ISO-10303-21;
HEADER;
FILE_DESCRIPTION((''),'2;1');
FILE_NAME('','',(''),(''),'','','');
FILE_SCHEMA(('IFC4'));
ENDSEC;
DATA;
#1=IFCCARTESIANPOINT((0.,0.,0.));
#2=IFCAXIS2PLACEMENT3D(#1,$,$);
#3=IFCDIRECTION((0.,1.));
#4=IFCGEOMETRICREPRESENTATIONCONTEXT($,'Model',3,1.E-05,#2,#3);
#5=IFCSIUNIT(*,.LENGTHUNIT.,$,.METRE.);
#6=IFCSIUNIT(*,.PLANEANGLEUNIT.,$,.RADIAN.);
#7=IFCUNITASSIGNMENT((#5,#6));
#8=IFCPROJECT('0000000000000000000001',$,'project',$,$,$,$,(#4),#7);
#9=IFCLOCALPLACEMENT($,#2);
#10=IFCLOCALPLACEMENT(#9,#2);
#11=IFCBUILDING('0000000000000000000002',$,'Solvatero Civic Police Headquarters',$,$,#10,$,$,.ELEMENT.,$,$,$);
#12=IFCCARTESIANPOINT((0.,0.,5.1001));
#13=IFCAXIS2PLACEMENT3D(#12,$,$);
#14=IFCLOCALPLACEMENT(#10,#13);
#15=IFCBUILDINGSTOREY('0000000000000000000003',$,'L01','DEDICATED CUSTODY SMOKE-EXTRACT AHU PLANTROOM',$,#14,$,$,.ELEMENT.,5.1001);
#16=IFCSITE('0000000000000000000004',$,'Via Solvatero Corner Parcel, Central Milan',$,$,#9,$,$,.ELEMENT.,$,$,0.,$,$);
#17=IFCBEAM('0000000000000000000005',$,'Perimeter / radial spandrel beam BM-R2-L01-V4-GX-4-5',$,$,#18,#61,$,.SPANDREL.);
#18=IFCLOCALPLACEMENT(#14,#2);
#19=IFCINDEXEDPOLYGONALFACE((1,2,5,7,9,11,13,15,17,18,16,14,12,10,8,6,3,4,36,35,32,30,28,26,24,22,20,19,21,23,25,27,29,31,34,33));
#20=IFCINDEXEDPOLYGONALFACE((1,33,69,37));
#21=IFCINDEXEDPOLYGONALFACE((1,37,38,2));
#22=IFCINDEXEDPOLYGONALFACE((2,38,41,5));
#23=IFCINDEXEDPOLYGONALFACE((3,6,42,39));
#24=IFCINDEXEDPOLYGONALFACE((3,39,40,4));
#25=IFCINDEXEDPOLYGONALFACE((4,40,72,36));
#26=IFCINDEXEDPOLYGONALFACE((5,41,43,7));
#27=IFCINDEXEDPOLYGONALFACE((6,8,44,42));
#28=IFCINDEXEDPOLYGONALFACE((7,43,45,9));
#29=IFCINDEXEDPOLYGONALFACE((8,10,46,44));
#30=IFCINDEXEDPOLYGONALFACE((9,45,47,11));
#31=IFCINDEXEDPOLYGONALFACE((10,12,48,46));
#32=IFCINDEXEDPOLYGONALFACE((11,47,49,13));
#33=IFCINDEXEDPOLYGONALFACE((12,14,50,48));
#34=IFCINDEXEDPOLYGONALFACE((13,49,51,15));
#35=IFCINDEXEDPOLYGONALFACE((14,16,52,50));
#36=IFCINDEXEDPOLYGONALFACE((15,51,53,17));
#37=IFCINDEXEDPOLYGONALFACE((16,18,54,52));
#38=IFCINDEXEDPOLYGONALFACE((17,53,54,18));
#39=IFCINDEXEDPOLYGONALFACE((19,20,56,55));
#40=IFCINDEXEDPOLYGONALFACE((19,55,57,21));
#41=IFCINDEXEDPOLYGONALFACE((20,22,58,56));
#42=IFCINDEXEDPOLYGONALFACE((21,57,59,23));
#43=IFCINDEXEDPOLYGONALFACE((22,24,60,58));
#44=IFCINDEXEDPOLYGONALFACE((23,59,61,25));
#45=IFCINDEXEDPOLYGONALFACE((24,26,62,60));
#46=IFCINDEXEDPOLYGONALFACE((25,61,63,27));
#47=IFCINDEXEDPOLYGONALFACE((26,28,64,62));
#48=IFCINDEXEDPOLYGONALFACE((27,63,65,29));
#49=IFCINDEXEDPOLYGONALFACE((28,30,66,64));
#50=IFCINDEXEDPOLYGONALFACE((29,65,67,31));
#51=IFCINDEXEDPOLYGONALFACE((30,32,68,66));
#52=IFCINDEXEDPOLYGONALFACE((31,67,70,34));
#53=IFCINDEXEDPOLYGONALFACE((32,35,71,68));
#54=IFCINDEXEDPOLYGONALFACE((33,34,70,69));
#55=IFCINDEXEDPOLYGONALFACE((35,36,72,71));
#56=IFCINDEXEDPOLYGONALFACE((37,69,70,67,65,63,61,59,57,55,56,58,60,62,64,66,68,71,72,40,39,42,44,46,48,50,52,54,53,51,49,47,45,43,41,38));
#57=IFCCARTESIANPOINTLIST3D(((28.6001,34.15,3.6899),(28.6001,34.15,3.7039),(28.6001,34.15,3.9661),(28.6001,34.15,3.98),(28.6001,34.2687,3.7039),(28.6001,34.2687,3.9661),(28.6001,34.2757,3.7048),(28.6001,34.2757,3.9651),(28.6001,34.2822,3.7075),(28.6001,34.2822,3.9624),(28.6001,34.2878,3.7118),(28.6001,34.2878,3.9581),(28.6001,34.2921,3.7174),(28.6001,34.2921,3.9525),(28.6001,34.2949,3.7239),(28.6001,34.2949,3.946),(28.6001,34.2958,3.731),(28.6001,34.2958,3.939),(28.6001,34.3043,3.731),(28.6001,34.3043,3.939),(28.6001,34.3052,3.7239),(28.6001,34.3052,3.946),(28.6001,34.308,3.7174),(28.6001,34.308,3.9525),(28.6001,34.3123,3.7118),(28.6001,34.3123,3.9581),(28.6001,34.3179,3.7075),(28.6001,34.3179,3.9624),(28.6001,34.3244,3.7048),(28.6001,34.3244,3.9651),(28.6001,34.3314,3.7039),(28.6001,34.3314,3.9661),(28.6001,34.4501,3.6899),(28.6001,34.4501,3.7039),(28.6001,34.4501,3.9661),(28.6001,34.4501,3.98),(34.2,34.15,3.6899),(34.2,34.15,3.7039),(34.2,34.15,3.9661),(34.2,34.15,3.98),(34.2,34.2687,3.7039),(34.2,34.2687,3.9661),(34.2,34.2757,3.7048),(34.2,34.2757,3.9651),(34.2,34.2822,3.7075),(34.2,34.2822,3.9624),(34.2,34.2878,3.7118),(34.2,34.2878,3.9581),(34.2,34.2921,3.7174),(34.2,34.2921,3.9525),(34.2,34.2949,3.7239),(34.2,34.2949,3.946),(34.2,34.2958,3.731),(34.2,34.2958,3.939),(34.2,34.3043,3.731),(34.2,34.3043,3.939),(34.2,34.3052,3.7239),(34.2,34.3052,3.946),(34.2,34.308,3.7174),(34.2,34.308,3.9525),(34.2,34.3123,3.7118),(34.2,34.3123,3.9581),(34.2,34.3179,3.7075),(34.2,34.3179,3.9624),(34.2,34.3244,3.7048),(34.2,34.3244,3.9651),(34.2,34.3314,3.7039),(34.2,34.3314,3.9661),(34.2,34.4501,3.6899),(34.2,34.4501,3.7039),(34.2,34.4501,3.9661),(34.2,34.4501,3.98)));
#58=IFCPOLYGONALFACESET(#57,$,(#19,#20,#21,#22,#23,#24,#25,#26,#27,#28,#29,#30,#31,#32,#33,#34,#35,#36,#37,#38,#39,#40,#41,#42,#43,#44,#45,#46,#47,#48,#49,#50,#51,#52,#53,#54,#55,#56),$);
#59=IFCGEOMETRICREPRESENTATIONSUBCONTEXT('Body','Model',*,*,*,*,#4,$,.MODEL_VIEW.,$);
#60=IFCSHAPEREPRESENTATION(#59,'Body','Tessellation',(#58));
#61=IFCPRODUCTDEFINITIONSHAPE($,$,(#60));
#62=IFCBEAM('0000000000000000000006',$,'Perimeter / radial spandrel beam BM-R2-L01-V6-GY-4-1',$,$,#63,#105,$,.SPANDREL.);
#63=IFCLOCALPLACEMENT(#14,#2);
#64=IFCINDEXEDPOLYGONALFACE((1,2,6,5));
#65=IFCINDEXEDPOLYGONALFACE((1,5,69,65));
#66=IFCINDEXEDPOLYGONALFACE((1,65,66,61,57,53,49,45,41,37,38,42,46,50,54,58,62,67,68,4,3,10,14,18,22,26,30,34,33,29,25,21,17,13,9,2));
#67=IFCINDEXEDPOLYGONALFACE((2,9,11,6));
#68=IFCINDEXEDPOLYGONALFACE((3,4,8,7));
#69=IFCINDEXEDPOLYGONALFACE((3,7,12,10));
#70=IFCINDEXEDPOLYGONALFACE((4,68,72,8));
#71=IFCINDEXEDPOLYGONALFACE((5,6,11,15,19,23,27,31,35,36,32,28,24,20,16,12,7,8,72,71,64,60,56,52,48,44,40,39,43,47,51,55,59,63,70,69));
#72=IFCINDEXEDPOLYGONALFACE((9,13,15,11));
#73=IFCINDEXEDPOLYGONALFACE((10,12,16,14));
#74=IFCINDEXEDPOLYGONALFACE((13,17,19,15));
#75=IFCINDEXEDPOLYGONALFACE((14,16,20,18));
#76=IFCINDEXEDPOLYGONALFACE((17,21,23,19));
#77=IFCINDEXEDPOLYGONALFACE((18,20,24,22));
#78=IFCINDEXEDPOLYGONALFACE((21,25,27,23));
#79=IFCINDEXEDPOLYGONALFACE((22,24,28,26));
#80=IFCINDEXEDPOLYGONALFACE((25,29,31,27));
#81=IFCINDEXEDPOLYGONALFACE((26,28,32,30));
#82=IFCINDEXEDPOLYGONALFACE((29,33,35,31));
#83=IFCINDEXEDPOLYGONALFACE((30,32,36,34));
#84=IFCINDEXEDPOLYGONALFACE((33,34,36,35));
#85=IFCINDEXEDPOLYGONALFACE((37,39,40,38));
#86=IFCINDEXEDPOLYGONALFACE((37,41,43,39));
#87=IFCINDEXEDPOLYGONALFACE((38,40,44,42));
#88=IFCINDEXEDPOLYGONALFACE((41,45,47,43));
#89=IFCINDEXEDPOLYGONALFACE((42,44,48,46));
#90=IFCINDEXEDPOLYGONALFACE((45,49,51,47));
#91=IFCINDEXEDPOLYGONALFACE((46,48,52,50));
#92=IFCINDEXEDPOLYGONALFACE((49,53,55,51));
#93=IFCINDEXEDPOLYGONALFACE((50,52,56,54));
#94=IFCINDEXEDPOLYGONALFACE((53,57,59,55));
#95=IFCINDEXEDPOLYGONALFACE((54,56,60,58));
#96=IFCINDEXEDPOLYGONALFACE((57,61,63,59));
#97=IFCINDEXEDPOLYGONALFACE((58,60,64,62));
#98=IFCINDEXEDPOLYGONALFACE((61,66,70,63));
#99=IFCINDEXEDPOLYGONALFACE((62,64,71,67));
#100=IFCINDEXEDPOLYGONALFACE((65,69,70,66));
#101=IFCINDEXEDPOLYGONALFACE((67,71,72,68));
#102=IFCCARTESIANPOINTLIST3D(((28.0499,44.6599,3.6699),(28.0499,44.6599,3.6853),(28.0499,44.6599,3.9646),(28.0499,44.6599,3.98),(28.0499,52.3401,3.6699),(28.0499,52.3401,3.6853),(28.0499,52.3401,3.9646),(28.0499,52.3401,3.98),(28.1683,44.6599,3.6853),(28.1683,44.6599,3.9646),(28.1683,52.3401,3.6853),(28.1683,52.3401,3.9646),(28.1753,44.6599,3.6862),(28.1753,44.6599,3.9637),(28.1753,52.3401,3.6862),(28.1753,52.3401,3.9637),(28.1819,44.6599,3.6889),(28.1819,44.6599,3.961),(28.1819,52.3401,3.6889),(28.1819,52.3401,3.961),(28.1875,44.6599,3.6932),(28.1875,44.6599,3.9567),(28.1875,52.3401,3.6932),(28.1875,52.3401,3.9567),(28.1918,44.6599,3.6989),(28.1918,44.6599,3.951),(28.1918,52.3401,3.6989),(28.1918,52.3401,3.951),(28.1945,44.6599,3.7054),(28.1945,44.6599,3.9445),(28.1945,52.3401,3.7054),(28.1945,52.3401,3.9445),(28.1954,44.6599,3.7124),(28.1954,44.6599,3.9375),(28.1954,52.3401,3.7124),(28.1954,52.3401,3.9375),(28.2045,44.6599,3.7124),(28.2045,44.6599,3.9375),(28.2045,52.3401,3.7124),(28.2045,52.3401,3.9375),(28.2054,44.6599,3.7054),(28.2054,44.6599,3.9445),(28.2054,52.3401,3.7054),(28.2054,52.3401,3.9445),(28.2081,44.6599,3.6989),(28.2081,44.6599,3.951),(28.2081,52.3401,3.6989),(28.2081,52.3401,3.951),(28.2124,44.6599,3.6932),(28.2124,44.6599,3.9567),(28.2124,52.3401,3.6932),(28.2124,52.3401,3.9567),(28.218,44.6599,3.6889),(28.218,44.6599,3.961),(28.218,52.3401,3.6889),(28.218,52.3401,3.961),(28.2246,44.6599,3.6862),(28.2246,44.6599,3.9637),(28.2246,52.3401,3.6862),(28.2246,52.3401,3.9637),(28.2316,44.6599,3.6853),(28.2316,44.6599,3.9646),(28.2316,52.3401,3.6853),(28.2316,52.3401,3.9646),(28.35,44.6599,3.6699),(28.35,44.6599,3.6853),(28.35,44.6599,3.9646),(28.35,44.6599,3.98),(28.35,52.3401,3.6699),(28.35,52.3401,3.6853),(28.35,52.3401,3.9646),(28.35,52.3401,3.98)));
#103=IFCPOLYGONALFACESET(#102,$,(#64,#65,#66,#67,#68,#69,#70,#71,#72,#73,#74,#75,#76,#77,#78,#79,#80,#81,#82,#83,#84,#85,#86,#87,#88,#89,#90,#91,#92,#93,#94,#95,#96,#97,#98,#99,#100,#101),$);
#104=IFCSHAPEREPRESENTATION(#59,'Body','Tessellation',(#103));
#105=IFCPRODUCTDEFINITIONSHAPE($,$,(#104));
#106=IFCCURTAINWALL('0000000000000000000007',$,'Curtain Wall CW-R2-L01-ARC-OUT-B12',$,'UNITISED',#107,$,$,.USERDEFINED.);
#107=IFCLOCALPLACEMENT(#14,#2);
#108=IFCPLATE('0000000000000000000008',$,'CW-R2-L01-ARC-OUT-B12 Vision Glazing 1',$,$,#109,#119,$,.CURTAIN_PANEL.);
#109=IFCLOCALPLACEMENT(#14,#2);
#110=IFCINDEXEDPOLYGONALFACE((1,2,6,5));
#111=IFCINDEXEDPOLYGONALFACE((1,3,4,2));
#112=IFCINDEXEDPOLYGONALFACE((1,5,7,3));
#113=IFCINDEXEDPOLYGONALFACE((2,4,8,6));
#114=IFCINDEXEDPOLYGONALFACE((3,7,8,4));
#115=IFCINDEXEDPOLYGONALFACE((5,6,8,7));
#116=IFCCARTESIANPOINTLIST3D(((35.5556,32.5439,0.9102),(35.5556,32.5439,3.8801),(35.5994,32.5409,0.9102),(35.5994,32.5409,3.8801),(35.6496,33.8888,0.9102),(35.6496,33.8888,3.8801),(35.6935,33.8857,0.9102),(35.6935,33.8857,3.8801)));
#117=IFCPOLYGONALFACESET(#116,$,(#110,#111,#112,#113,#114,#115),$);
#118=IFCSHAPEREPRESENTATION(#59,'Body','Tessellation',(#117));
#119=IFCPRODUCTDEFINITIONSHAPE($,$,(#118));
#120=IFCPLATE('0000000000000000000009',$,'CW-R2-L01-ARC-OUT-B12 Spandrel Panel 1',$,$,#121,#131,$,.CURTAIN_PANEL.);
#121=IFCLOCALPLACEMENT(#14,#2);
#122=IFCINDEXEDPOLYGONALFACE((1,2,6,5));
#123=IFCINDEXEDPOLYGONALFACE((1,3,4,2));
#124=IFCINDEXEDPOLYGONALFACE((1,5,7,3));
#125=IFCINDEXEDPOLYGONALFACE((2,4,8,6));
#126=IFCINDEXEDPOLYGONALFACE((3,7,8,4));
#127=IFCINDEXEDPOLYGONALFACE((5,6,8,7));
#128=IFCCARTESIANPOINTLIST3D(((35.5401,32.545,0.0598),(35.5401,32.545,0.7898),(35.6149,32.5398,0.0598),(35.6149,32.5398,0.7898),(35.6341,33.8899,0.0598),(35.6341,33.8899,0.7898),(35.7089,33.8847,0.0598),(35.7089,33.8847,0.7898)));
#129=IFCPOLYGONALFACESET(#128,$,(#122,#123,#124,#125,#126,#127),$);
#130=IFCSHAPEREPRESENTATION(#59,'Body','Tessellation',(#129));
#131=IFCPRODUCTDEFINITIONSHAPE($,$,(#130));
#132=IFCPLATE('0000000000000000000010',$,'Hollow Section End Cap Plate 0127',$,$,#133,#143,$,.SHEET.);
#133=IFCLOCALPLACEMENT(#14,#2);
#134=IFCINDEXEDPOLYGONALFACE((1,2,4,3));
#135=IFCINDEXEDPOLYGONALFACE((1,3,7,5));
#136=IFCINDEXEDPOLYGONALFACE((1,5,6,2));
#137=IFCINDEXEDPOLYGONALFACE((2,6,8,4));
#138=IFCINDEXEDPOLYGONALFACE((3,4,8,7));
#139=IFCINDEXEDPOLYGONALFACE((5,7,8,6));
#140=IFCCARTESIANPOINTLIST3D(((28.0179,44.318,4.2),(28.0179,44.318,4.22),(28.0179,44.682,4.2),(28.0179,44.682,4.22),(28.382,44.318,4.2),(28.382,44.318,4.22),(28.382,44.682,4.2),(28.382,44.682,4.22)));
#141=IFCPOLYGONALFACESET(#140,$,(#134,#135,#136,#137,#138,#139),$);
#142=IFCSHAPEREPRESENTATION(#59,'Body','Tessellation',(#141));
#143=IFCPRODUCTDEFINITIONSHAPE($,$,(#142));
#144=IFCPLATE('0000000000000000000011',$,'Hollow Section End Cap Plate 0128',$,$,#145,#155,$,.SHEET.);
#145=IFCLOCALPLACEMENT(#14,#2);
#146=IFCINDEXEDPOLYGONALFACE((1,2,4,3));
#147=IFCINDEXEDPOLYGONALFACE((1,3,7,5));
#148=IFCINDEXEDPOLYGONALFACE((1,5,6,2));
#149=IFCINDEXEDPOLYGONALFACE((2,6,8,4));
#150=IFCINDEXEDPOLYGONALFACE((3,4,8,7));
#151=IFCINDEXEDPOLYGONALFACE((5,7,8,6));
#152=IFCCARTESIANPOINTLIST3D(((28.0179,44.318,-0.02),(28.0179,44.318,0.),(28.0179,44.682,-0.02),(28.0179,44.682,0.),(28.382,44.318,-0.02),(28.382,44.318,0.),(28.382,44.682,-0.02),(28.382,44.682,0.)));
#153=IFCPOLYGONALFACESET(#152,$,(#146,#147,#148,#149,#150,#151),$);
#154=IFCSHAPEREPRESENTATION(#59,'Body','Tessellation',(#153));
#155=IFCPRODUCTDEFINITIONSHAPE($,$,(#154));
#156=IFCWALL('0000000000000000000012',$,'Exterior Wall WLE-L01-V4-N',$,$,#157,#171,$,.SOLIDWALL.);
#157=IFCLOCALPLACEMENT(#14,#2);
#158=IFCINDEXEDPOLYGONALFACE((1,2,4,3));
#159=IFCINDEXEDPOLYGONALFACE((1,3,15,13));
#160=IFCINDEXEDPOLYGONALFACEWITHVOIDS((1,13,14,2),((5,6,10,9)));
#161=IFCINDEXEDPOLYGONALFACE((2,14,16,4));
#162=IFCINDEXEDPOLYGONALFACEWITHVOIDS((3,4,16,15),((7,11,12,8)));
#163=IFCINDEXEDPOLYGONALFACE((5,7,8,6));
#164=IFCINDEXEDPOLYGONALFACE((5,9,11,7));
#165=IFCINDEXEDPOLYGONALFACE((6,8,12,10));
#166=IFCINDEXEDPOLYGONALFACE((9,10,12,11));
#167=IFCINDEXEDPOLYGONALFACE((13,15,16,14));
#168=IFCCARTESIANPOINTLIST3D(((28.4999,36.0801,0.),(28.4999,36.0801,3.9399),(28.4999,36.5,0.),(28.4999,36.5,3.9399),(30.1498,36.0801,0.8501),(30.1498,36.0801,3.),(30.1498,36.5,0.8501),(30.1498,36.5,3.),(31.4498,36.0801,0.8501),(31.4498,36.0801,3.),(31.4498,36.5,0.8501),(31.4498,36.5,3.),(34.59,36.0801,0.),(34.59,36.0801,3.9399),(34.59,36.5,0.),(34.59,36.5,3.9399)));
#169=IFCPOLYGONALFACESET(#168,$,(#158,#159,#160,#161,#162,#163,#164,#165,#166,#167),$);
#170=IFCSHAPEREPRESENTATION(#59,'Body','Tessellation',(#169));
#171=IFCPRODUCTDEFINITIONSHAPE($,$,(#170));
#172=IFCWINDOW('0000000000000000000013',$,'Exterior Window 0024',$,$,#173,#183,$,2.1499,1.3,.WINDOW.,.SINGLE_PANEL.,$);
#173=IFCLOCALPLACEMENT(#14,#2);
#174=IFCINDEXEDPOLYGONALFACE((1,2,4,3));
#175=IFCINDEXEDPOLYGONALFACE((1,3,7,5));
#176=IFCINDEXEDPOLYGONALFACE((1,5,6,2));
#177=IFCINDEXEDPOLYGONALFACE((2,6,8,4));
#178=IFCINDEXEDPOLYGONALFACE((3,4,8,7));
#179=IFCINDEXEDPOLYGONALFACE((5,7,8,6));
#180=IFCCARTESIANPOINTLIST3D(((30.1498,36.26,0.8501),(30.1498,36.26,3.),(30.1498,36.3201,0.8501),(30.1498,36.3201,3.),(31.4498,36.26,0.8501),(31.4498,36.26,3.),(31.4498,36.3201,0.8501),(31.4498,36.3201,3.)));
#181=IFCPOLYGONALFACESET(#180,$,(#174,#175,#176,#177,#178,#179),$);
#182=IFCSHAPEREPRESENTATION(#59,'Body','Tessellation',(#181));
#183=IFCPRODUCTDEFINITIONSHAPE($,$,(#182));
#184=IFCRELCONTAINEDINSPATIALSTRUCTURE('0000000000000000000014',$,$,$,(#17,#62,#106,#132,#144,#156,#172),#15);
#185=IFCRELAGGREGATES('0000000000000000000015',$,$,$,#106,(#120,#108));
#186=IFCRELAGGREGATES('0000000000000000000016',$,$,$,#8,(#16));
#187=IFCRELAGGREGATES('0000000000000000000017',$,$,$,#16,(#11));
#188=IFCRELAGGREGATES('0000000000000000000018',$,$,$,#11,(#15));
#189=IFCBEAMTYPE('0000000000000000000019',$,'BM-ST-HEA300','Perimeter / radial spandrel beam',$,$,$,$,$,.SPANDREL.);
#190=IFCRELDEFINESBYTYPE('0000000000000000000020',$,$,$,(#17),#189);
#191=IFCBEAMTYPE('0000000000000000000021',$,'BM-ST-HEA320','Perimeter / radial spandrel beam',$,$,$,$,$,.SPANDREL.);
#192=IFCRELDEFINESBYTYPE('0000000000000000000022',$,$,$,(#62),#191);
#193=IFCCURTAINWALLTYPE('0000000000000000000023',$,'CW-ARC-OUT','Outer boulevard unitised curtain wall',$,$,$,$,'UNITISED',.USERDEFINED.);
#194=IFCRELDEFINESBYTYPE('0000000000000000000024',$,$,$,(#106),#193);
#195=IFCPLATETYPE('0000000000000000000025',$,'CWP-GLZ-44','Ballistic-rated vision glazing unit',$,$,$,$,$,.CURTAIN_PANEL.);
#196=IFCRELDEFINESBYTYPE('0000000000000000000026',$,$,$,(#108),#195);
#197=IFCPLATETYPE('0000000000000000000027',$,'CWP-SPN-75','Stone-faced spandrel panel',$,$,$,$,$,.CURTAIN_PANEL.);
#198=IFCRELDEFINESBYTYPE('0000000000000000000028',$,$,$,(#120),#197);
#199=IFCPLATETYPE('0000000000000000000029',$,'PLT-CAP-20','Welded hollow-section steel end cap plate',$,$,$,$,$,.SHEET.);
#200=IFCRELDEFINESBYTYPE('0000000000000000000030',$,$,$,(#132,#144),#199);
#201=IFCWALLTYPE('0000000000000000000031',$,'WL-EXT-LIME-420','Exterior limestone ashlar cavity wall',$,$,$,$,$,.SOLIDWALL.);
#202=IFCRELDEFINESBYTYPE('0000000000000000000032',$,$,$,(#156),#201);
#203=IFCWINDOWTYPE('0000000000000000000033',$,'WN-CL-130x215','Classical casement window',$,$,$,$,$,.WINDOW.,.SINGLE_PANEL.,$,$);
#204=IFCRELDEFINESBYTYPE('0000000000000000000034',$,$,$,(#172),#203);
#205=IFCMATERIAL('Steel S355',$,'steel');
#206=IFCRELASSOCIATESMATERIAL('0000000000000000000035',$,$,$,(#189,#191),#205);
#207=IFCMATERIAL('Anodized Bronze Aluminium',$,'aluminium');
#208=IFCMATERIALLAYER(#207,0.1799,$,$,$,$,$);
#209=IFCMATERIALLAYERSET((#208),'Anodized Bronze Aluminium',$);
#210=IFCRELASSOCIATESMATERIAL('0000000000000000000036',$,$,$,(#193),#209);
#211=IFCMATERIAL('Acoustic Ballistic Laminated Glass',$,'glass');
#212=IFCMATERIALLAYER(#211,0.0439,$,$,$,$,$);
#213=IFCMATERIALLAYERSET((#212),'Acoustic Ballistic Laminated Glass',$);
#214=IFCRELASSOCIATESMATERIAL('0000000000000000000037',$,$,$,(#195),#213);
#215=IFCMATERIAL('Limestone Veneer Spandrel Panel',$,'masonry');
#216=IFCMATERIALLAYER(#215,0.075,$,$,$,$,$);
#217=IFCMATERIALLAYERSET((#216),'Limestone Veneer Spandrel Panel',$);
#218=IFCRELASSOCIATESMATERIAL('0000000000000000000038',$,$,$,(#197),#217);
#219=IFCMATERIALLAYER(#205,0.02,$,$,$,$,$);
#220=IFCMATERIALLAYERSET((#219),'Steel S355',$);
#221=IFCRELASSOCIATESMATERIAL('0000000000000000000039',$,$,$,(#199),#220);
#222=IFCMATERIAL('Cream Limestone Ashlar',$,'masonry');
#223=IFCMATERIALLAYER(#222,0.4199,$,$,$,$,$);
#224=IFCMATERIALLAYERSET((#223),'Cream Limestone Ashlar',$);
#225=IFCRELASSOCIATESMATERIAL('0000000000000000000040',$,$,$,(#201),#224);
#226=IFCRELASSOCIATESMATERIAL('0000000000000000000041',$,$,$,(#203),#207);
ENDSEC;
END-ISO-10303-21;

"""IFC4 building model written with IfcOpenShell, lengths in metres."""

from ifc_helpers import new_model, si_unit, direction, frame, frame_2d, origin, origin_2d, place, context, subcontext, project, spatial, rectangle, i_section, extrude, material, layer, layer_set, material_profile, profile_set, type_object, element, fill, aggregate, save


model = new_model("IFC4")

# Units and contexts
model_context = context("Model", 3, precision=1e-05, world=origin(), true_north=direction((0.0, 1.0)))
body_context = subcontext(model_context, "Body", "Model", "MODEL_VIEW")
ifc_project = project(units=[si_unit("LENGTHUNIT", "METRE"), si_unit("PLANEANGLEUNIT", "RADIAN")], contexts=[model_context])

# Site, building, storey
site_placement = place(None, origin())
site = spatial("IfcSite", under=ifc_project, at=site_placement, Name="Via Solvatero Corner Parcel, Central Milan", CompositionType="ELEMENT", RefElevation=0.0)
building_placement = place(site_placement, origin())
building = spatial("IfcBuilding", under=site, at=building_placement, Name="Solvatero Civic Police Headquarters", CompositionType="ELEMENT")
storey_placement = place(building_placement, frame((0.0, 0.0, 5.1001)))
storey = spatial("IfcBuildingStorey", under=building, at=storey_placement, Name="L01", Description="DEDICATED CUSTODY SMOKE-EXTRACT AHU PLANTROOM", CompositionType="ELEMENT", Elevation=5.1001)

# Shared definitions
ifc_material_1 = material(Name="Steel S355", Category="steel")

# Beams
ifc_material_profile_1 = material_profile(ifc_material_1, i_section(OverallWidth=0.3, OverallDepth=0.29, WebThickness=0.0085, FlangeThickness=0.0139, FilletRadius=0.0271, at=origin_2d()), Name="HEA 300")
ifc_profile_set_1 = profile_set([ifc_material_profile_1], Name="Steel S355")
beam_type_1 = type_object("IfcBeamType", Name="BM-ST-HEA300", Description="Perimeter / radial spandrel beam", PredefinedType="SPANDREL", material=ifc_profile_set_1)
beam_1_placement = place(storey_placement, frame((28.6001, 34.3, 3.835), z_axis=(1.0, 0.0, 0.0), x_axis=(0.0, 1.0, 0.0)))
element("IfcBeam", 1, at=beam_1_placement, inside=storey, type_object=beam_type_1, Name="Perimeter / radial spandrel beam BM-R2-L01-V4-GX-4-5", PredefinedType="SPANDREL", context=body_context, shape_type="SweptSolid", body=[
    extrude(i_section(OverallWidth=0.3, OverallDepth=0.29, WebThickness=0.0085, FlangeThickness=0.0139, FilletRadius=0.0271, at=origin_2d()), origin(), (0.0, 0.0, 1.0), 5.5999),
])
ifc_material_profile_2 = material_profile(ifc_material_1, i_section(OverallWidth=0.3, OverallDepth=0.3101, WebThickness=0.009, FlangeThickness=0.0154, FilletRadius=0.0271, at=origin_2d()), Name="HEA 320")
ifc_profile_set_2 = profile_set([ifc_material_profile_2], Name="Steel S355")
beam_type_2 = type_object("IfcBeamType", Name="BM-ST-HEA320", Description="Perimeter / radial spandrel beam", PredefinedType="SPANDREL", material=ifc_profile_set_2)
beam_2_placement = place(storey_placement, frame((28.2, 44.6599, 3.825), z_axis=(0.0, 1.0, 0.0), x_axis=(-1.0, 0.0, 0.0)))
element("IfcBeam", 2, at=beam_2_placement, inside=storey, type_object=beam_type_2, Name="Perimeter / radial spandrel beam BM-R2-L01-V6-GY-4-1", PredefinedType="SPANDREL", context=body_context, shape_type="SweptSolid", body=[
    extrude(i_section(OverallWidth=0.3, OverallDepth=0.3101, WebThickness=0.009, FlangeThickness=0.0154, FilletRadius=0.0271, at=origin_2d()), origin(), (0.0, 0.0, 1.0), 7.6802),
])

# Curtain wall, plates
ifc_material_2 = material(Name="Anodized Bronze Aluminium", Category="aluminium")
ifc_layer_1 = layer(ifc_material_2, 0.1799)
ifc_layer_set_1 = layer_set([ifc_layer_1], Name="Anodized Bronze Aluminium")
curtain_wall_type = type_object("IfcCurtainWallType", Name="CW-ARC-OUT", Description="Outer boulevard unitised curtain wall", ElementType="UNITISED", PredefinedType="USERDEFINED", material=ifc_layer_set_1)
curtain_wall_placement = place(storey_placement, origin())
curtain_wall = element("IfcCurtainWall", 3, at=curtain_wall_placement, inside=storey, type_object=curtain_wall_type, Name="Curtain Wall CW-R2-L01-ARC-OUT-B12", ObjectType="UNITISED", PredefinedType="USERDEFINED")
ifc_material_3 = material(Name="Acoustic Ballistic Laminated Glass", Category="glass")
ifc_layer_2 = layer(ifc_material_3, 0.0439)
ifc_layer_set_2 = layer_set([ifc_layer_2], Name="Acoustic Ballistic Laminated Glass")
plate_type_1 = type_object("IfcPlateType", Name="CWP-GLZ-44", Description="Ballistic-rated vision glazing unit", PredefinedType="CURTAIN_PANEL", material=ifc_layer_set_2)
plate_1_placement = place(storey_placement, frame((35.6245, 33.2148, 0.9102), z_axis=(0.0, 0.0, 1.0), x_axis=(-0.069756, -0.997564, 0.0)))
plate_1 = element("IfcPlate", 4, at=plate_1_placement, type_object=plate_type_1, Name="CW-R2-L01-ARC-OUT-B12 Vision Glazing 1", PredefinedType="CURTAIN_PANEL", context=body_context, shape_type="SweptSolid", body=[
    extrude(rectangle(XDim=1.3481, YDim=0.0439, at=origin_2d()), origin(), (0.0, 0.0, 1.0), 2.97),
])
ifc_material_4 = material(Name="Limestone Veneer Spandrel Panel", Category="masonry")
ifc_layer_3 = layer(ifc_material_4, 0.075)
ifc_layer_set_3 = layer_set([ifc_layer_3], Name="Limestone Veneer Spandrel Panel")
plate_type_2 = type_object("IfcPlateType", Name="CWP-SPN-75", Description="Stone-faced spandrel panel", PredefinedType="CURTAIN_PANEL", material=ifc_layer_set_3)
plate_2_placement = place(storey_placement, frame((35.6245, 33.2148, 0.0598), z_axis=(0.0, 0.0, 1.0), x_axis=(-0.069756, -0.997564, 0.0)))
plate_2 = element("IfcPlate", 5, at=plate_2_placement, type_object=plate_type_2, Name="CW-R2-L01-ARC-OUT-B12 Spandrel Panel 1", PredefinedType="CURTAIN_PANEL", context=body_context, shape_type="SweptSolid", body=[
    extrude(rectangle(XDim=1.3481, YDim=0.075, at=origin_2d()), origin(), (0.0, 0.0, 1.0), 0.73),
])
aggregate(curtain_wall, [plate_2, plate_1])

# Plates
ifc_layer_4 = layer(ifc_material_1, 0.02)
ifc_layer_set_4 = layer_set([ifc_layer_4], Name="Steel S355")
plate_type_3 = type_object("IfcPlateType", Name="PLT-CAP-20", Description="Welded hollow-section steel end cap plate", PredefinedType="SHEET", material=ifc_layer_set_4)
for number, where, z_axis, x_axis, name in (
    (6, (28.2, 44.5, 4.2), (0.0, 0.0, 1.0), (1.0, 0.0, 0.0), "Hollow Section End Cap Plate 0127"),
    (7, (28.2, 44.5, -0.02), (0.0, 0.0, 1.0), (1.0, 0.0, 0.0), "Hollow Section End Cap Plate 0128"),
):
    element("IfcPlate", number, at=place(storey_placement, frame(where, z_axis=z_axis, x_axis=x_axis)), inside=storey, type_object=plate_type_3, Name=name, PredefinedType="SHEET", context=body_context, shape_type="SweptSolid", body=[
        extrude(rectangle(XDim=0.364, YDim=0.364, at=origin_2d()), origin(), (0.0, 0.0, 1.0), 0.02),
    ])

# Wall, opening, window
ifc_material_5 = material(Name="Cream Limestone Ashlar", Category="masonry")
ifc_layer_5 = layer(ifc_material_5, 0.4199)
ifc_layer_set_5 = layer_set([ifc_layer_5], Name="Cream Limestone Ashlar")
wall_type_1 = type_object("IfcWallType", Name="WL-EXT-LIME-420", Description="Exterior limestone ashlar cavity wall", PredefinedType="SOLIDWALL", material=ifc_layer_set_5)
wall_1_placement = place(storey_placement, frame((28.5, 36.29, 0.0), z_axis=(0.0, 0.0, 1.0), x_axis=(1.0, 0.0, 0.0)))
wall_1 = element("IfcWall", 8, at=wall_1_placement, inside=storey, type_object=wall_type_1, Name="Exterior Wall WLE-L01-V4-N", PredefinedType="SOLIDWALL", context=body_context, shape_type="SweptSolid", body=[
    extrude(rectangle(XDim=6.0901, YDim=0.4199, at=frame_2d((3.0449, 0.0))), origin(), (0.0, 0.0, 1.0), 3.9399),
])
opening_1_placement = place(wall_1_placement, frame((1.6499, 0.0, 0.8501)))
opening_1 = element("IfcOpeningElement", 9, at=opening_1_placement, cuts=wall_1, PredefinedType="OPENING", context=body_context, shape_type="SweptSolid", body=[
    extrude(rectangle(XDim=1.3, YDim=2.1499, at=frame_2d((0.6499, 1.075))), frame((0.0, 0.22, 0.0), z_axis=(0.0, -1.0, 0.0), x_axis=(1.0, 0.0, 0.0)), (0.0, 0.0, 1.0), 0.4399),
])
window_type_1 = type_object("IfcWindowType", Name="WN-CL-130x215", Description="Classical casement window", PartitioningType="SINGLE_PANEL", PredefinedType="WINDOW", material=ifc_material_2)
window_1_placement = place(opening_1_placement, origin())
window_1 = element("IfcWindow", 10, at=window_1_placement, inside=storey, type_object=window_type_1, Name="Exterior Window 0024", OverallHeight=2.1499, OverallWidth=1.3, PartitioningType="SINGLE_PANEL", PredefinedType="WINDOW", context=body_context, shape_type="SweptSolid", body=[
    extrude(rectangle(XDim=1.3, YDim=2.1499, at=frame_2d((0.6499, 1.075))), frame((0.0, 0.03, 0.0), z_axis=(0.0, -1.0, 0.0), x_axis=(1.0, 0.0, 0.0)), (0.0, 0.0, 1.0), 0.0601),
])
fill(opening_1, window_1)

save(model, "model.ifc")
